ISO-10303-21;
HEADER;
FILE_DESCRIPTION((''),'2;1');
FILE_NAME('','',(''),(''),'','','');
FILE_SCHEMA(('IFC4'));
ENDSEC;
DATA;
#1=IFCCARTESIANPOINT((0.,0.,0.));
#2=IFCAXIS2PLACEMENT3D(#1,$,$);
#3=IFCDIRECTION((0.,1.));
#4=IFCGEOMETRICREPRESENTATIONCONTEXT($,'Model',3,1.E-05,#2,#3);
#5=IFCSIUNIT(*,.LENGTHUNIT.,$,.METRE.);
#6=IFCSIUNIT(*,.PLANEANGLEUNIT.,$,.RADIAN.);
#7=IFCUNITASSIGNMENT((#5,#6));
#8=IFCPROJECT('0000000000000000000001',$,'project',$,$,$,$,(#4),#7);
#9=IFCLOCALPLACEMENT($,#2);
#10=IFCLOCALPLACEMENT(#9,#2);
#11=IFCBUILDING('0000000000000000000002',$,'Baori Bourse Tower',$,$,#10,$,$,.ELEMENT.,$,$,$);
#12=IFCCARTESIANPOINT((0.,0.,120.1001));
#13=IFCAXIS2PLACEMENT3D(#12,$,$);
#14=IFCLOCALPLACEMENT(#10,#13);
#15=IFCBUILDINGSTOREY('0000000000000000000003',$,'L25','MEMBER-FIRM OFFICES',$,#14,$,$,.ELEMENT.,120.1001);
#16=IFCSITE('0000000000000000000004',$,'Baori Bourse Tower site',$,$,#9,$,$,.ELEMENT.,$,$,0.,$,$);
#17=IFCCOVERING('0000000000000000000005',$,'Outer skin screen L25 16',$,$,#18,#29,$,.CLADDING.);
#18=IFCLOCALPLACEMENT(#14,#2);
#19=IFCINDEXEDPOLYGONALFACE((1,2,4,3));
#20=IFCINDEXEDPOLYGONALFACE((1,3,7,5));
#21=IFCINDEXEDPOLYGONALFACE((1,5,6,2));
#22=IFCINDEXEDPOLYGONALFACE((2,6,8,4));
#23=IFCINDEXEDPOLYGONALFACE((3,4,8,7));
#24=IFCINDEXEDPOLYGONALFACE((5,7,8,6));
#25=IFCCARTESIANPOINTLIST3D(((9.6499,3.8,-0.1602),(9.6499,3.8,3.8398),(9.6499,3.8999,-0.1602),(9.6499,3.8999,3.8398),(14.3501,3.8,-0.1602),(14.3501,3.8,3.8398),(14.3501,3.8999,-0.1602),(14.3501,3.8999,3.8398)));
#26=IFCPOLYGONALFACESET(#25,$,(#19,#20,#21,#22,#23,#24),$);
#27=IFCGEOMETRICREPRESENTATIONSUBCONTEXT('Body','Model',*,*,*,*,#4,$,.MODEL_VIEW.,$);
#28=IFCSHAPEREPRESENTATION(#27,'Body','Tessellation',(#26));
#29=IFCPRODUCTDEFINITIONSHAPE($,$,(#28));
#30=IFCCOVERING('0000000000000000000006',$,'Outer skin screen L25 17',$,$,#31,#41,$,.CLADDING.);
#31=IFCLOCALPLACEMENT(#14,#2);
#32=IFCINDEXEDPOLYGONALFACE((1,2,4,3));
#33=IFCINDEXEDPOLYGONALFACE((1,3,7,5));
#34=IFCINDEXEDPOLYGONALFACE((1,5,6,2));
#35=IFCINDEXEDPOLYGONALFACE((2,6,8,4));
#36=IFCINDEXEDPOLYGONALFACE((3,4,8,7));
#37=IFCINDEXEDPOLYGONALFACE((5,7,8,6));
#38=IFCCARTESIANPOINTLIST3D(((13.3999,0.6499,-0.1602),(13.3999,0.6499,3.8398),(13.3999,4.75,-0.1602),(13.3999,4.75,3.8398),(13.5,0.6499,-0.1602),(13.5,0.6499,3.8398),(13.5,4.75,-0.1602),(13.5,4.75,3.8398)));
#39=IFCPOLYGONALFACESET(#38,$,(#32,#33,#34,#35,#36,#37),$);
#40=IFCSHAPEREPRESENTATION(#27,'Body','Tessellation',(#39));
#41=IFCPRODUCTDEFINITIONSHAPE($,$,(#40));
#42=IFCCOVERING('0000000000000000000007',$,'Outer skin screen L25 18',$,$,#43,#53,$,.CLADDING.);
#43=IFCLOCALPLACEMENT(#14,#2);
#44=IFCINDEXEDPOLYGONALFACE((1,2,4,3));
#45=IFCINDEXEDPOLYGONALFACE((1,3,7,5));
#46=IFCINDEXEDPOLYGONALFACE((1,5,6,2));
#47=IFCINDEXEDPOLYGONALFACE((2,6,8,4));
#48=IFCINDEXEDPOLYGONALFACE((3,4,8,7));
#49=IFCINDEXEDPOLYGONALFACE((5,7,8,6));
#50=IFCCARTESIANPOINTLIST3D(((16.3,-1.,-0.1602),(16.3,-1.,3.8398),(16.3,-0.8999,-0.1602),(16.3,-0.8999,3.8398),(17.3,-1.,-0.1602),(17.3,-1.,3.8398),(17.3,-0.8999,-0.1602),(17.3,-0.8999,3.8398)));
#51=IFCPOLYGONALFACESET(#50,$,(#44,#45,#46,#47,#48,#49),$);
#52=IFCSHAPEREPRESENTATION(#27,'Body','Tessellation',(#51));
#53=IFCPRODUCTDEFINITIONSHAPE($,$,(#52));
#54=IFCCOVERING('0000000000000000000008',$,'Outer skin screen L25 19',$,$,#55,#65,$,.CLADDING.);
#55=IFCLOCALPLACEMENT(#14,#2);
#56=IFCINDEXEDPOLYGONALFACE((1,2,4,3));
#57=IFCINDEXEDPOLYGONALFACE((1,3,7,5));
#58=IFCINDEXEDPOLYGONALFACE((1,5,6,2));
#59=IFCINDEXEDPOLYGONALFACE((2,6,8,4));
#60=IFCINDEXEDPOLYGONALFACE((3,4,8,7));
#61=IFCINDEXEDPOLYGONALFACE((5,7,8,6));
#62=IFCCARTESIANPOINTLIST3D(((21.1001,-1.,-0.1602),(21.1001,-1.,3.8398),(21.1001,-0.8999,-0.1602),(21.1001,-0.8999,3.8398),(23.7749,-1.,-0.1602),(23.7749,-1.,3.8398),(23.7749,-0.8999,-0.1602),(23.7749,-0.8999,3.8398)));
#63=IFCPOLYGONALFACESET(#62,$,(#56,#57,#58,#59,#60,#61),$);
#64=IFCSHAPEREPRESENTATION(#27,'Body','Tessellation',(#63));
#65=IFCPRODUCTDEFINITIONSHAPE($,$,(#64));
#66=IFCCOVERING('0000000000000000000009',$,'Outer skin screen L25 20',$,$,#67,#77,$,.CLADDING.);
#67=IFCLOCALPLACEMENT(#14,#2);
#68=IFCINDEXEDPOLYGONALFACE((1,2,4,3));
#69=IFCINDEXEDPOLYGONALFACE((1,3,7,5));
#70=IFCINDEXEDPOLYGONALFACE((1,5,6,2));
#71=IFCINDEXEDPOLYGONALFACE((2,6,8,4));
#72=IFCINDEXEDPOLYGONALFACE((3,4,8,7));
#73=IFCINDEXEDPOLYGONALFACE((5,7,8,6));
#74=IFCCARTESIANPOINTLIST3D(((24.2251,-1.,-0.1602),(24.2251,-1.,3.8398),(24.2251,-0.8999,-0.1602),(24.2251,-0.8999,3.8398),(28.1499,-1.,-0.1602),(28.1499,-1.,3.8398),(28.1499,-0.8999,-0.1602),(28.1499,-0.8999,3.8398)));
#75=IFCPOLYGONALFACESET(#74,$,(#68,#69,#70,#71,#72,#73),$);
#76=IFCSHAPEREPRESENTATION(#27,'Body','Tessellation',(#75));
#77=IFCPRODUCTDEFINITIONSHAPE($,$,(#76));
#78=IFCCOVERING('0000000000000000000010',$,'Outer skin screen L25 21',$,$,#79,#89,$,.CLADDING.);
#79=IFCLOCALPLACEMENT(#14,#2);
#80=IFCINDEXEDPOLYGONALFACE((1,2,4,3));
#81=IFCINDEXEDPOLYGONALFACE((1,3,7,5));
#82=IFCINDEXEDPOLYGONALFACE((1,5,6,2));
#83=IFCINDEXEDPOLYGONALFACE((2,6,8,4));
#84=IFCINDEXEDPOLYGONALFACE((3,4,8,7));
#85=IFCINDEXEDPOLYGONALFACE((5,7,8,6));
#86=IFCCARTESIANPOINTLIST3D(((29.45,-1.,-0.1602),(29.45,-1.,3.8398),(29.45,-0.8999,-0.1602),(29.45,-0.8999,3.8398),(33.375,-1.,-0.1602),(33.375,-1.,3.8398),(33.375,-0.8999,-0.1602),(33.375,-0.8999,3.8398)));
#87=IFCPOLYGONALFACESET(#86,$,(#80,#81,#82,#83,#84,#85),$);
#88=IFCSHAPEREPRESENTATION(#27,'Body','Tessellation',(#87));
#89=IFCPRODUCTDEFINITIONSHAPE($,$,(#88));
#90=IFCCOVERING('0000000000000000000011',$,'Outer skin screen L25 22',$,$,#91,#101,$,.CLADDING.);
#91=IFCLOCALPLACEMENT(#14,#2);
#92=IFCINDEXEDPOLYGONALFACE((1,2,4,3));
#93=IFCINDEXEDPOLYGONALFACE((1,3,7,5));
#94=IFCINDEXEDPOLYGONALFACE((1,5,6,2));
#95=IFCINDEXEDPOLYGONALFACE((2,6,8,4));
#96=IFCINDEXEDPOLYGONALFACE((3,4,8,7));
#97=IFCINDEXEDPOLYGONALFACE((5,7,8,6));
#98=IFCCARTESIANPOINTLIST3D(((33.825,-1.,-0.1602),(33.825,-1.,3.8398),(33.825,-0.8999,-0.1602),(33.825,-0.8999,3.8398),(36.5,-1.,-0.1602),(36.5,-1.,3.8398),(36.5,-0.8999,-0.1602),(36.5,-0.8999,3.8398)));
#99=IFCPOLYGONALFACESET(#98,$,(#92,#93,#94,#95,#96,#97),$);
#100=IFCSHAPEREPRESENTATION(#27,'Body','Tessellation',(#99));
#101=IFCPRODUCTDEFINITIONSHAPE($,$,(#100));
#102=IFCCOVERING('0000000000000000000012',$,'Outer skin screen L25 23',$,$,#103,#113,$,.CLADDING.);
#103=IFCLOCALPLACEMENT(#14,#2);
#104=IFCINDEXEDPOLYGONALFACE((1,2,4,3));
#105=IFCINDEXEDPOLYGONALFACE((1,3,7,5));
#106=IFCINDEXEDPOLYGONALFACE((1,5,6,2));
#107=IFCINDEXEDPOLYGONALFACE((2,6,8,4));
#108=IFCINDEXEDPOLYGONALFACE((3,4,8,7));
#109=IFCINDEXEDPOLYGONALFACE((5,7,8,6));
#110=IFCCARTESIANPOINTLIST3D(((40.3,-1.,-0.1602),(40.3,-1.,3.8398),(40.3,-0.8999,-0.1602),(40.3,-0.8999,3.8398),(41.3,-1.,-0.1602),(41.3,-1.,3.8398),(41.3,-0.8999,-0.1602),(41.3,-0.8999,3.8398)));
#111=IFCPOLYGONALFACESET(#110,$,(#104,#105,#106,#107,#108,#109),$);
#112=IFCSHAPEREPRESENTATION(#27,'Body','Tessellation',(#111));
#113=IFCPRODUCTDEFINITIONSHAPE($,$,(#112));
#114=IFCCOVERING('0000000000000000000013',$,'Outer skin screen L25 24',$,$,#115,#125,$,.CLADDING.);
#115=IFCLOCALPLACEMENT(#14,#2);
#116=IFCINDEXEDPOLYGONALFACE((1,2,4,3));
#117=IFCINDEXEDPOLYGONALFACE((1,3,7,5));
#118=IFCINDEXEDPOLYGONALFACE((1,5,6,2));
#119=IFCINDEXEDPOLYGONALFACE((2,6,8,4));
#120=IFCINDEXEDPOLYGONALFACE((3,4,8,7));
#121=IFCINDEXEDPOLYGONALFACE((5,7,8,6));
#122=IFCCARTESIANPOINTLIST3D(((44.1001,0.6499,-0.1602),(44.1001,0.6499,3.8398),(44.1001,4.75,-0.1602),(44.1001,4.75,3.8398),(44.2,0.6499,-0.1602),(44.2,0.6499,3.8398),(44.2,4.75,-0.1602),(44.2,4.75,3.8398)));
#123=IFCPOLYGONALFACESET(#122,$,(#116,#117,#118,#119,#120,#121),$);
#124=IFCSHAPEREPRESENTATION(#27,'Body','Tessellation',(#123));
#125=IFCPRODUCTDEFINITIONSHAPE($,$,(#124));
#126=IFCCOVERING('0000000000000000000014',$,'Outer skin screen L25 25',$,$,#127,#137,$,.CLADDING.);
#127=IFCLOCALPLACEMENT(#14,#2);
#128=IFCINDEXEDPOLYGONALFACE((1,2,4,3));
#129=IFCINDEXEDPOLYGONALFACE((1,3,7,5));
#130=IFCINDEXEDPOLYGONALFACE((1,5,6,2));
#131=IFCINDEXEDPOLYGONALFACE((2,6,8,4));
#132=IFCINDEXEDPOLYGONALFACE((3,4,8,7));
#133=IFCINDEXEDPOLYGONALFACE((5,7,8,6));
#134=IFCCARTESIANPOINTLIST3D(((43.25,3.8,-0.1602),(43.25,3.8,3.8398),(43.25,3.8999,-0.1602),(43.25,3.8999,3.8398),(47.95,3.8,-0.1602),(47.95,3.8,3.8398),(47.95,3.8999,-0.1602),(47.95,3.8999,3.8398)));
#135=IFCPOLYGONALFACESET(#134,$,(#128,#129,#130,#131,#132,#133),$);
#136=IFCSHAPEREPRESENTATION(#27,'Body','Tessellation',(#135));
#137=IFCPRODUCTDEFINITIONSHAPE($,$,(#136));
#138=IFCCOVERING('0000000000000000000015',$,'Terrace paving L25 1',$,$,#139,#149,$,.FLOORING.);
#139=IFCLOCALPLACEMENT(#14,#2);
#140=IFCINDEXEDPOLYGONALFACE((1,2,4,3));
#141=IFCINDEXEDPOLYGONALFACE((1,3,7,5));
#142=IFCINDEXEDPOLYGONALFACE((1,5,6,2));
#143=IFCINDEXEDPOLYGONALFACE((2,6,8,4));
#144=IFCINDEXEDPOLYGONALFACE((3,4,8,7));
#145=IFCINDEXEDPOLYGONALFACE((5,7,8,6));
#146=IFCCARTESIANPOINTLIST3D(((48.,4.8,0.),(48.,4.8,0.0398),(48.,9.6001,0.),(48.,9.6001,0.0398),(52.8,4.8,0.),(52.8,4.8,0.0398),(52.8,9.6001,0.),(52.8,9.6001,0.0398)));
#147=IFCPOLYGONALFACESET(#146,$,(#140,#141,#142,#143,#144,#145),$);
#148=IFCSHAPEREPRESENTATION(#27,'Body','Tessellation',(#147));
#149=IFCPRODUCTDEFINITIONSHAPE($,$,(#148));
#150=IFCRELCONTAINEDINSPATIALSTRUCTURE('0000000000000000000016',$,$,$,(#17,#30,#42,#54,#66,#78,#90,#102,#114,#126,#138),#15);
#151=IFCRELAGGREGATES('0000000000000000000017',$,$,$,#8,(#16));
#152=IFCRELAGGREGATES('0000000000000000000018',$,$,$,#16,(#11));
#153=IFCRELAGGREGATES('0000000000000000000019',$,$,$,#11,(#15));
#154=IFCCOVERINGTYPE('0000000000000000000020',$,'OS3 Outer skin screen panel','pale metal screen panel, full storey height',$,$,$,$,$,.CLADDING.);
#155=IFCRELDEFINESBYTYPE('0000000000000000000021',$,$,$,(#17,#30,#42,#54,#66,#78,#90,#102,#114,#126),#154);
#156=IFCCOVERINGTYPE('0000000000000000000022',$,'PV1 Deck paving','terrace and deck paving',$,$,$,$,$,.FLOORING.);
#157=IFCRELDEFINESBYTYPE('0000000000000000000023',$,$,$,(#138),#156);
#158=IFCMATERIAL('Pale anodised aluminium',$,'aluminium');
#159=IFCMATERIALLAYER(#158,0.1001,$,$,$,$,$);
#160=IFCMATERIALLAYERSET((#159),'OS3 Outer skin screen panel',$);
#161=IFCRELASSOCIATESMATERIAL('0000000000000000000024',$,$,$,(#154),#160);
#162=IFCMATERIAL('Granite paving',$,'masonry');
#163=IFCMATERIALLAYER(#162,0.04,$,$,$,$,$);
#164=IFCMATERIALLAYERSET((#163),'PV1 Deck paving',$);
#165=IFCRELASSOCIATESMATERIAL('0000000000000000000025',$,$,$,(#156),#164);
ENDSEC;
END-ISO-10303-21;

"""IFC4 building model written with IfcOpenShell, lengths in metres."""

from ifc_helpers import new_model, si_unit, direction, frame, origin, place, context, subcontext, project, spatial, polyline, outline, extrude, material, layer, layer_set, type_object, element, save


model = new_model("IFC4")

# Units and contexts
model_context = context("Model", 3, precision=1e-05, world=origin(), true_north=direction((0.0, 1.0)))
body_context = subcontext(model_context, "Body", "Model", "MODEL_VIEW")
ifc_project = project(units=[si_unit("LENGTHUNIT", "METRE"), si_unit("PLANEANGLEUNIT", "RADIAN")], contexts=[model_context])

# Site, building, storey
site_placement = place(None, origin())
site = spatial("IfcSite", under=ifc_project, at=site_placement, Name="Baori Bourse Tower site", CompositionType="ELEMENT", RefElevation=0.0)
building_placement = place(site_placement, origin())
building = spatial("IfcBuilding", under=site, at=building_placement, Name="Baori Bourse Tower", CompositionType="ELEMENT")
storey_placement = place(building_placement, frame((0.0, 0.0, 120.1001)))
storey = spatial("IfcBuildingStorey", under=building, at=storey_placement, Name="L25", Description="MEMBER-FIRM OFFICES", CompositionType="ELEMENT", Elevation=120.1001)

# Coverings
ifc_material_1 = material(Name="Pale anodised aluminium", Category="aluminium")
ifc_layer_1 = layer(ifc_material_1, 0.1001)
ifc_layer_set_1 = layer_set([ifc_layer_1], Name="OS3 Outer skin screen panel")
covering_type_1 = type_object("IfcCoveringType", Name="OS3 Outer skin screen panel", Description="pale metal screen panel, full storey height", PredefinedType="CLADDING", material=ifc_layer_set_1)
covering_1_placement = place(storey_placement, frame((0.0, 0.0, -0.1602)))
element("IfcCovering", 1, at=covering_1_placement, inside=storey, type_object=covering_type_1, Name="Outer skin screen L25 16", PredefinedType="CLADDING", context=body_context, shape_type="SweptSolid", body=[
    extrude(outline(polyline([(14.3501, 3.8999), (9.6499, 3.8999), (9.6499, 3.8), (14.3501, 3.8), (14.3501, 3.8999)])), origin(), (0.0, 0.0, 1.0), 4.0),
])
covering_2_placement = place(storey_placement, frame((0.0, 0.0, -0.1602)))
element("IfcCovering", 2, at=covering_2_placement, inside=storey, type_object=covering_type_1, Name="Outer skin screen L25 17", PredefinedType="CLADDING", context=body_context, shape_type="SweptSolid", body=[
    extrude(outline(polyline([(13.5, 0.6499), (13.5, 4.75), (13.3999, 4.75), (13.3999, 0.6499), (13.5, 0.6499)])), origin(), (0.0, 0.0, 1.0), 4.0),
])
covering_3_placement = place(storey_placement, frame((0.0, 0.0, -0.1602)))
element("IfcCovering", 3, at=covering_3_placement, inside=storey, type_object=covering_type_1, Name="Outer skin screen L25 18", PredefinedType="CLADDING", context=body_context, shape_type="SweptSolid", body=[
    extrude(outline(polyline([(17.3, -0.8999), (16.3, -0.8999), (16.3, -1.0), (17.3, -1.0), (17.3, -0.8999)])), origin(), (0.0, 0.0, 1.0), 4.0),
])
covering_4_placement = place(storey_placement, frame((0.0, 0.0, -0.1602)))
element("IfcCovering", 4, at=covering_4_placement, inside=storey, type_object=covering_type_1, Name="Outer skin screen L25 19", PredefinedType="CLADDING", context=body_context, shape_type="SweptSolid", body=[
    extrude(outline(polyline([(23.7749, -0.8999), (21.1001, -0.8999), (21.1001, -1.0), (23.7749, -1.0), (23.7749, -0.8999)])), origin(), (0.0, 0.0, 1.0), 4.0),
])
covering_5_placement = place(storey_placement, frame((0.0, 0.0, -0.1602)))
element("IfcCovering", 5, at=covering_5_placement, inside=storey, type_object=covering_type_1, Name="Outer skin screen L25 20", PredefinedType="CLADDING", context=body_context, shape_type="SweptSolid", body=[
    extrude(outline(polyline([(28.1499, -0.8999), (24.2251, -0.8999), (24.2251, -1.0), (28.1499, -1.0), (28.1499, -0.8999)])), origin(), (0.0, 0.0, 1.0), 4.0),
])
covering_6_placement = place(storey_placement, frame((0.0, 0.0, -0.1602)))
element("IfcCovering", 6, at=covering_6_placement, inside=storey, type_object=covering_type_1, Name="Outer skin screen L25 21", PredefinedType="CLADDING", context=body_context, shape_type="SweptSolid", body=[
    extrude(outline(polyline([(33.375, -0.8999), (29.45, -0.8999), (29.45, -1.0), (33.375, -1.0), (33.375, -0.8999)])), origin(), (0.0, 0.0, 1.0), 4.0),
])
covering_7_placement = place(storey_placement, frame((0.0, 0.0, -0.1602)))
element("IfcCovering", 7, at=covering_7_placement, inside=storey, type_object=covering_type_1, Name="Outer skin screen L25 22", PredefinedType="CLADDING", context=body_context, shape_type="SweptSolid", body=[
    extrude(outline(polyline([(36.5, -0.8999), (33.825, -0.8999), (33.825, -1.0), (36.5, -1.0), (36.5, -0.8999)])), origin(), (0.0, 0.0, 1.0), 4.0),
])
covering_8_placement = place(storey_placement, frame((0.0, 0.0, -0.1602)))
element("IfcCovering", 8, at=covering_8_placement, inside=storey, type_object=covering_type_1, Name="Outer skin screen L25 23", PredefinedType="CLADDING", context=body_context, shape_type="SweptSolid", body=[
    extrude(outline(polyline([(41.3, -0.8999), (40.3, -0.8999), (40.3, -1.0), (41.3, -1.0), (41.3, -0.8999)])), origin(), (0.0, 0.0, 1.0), 4.0),
])
covering_9_placement = place(storey_placement, frame((0.0, 0.0, -0.1602)))
element("IfcCovering", 9, at=covering_9_placement, inside=storey, type_object=covering_type_1, Name="Outer skin screen L25 24", PredefinedType="CLADDING", context=body_context, shape_type="SweptSolid", body=[
    extrude(outline(polyline([(44.1001, 4.75), (44.1001, 0.6499), (44.2, 0.6499), (44.2, 4.75), (44.1001, 4.75)])), origin(), (0.0, 0.0, 1.0), 4.0),
])
covering_10_placement = place(storey_placement, frame((0.0, 0.0, -0.1602)))
element("IfcCovering", 10, at=covering_10_placement, inside=storey, type_object=covering_type_1, Name="Outer skin screen L25 25", PredefinedType="CLADDING", context=body_context, shape_type="SweptSolid", body=[
    extrude(outline(polyline([(47.95, 3.8999), (43.25, 3.8999), (43.25, 3.8), (47.95, 3.8), (47.95, 3.8999)])), origin(), (0.0, 0.0, 1.0), 4.0),
])
ifc_material_2 = material(Name="Granite paving", Category="masonry")
ifc_layer_2 = layer(ifc_material_2, 0.04)
ifc_layer_set_2 = layer_set([ifc_layer_2], Name="PV1 Deck paving")
covering_type_2 = type_object("IfcCoveringType", Name="PV1 Deck paving", Description="terrace and deck paving", PredefinedType="FLOORING", material=ifc_layer_set_2)
covering_11_placement = place(storey_placement, origin())
element("IfcCovering", 11, at=covering_11_placement, inside=storey, type_object=covering_type_2, Name="Terrace paving L25 1", PredefinedType="FLOORING", context=body_context, shape_type="SweptSolid", body=[
    extrude(outline(polyline([(48.0, 9.6001), (48.0, 4.8), (52.8, 4.8), (52.8, 9.6001), (48.0, 9.6001)])), origin(), (0.0, 0.0, 1.0), 0.0398),
])

save(model, "model.ifc")
